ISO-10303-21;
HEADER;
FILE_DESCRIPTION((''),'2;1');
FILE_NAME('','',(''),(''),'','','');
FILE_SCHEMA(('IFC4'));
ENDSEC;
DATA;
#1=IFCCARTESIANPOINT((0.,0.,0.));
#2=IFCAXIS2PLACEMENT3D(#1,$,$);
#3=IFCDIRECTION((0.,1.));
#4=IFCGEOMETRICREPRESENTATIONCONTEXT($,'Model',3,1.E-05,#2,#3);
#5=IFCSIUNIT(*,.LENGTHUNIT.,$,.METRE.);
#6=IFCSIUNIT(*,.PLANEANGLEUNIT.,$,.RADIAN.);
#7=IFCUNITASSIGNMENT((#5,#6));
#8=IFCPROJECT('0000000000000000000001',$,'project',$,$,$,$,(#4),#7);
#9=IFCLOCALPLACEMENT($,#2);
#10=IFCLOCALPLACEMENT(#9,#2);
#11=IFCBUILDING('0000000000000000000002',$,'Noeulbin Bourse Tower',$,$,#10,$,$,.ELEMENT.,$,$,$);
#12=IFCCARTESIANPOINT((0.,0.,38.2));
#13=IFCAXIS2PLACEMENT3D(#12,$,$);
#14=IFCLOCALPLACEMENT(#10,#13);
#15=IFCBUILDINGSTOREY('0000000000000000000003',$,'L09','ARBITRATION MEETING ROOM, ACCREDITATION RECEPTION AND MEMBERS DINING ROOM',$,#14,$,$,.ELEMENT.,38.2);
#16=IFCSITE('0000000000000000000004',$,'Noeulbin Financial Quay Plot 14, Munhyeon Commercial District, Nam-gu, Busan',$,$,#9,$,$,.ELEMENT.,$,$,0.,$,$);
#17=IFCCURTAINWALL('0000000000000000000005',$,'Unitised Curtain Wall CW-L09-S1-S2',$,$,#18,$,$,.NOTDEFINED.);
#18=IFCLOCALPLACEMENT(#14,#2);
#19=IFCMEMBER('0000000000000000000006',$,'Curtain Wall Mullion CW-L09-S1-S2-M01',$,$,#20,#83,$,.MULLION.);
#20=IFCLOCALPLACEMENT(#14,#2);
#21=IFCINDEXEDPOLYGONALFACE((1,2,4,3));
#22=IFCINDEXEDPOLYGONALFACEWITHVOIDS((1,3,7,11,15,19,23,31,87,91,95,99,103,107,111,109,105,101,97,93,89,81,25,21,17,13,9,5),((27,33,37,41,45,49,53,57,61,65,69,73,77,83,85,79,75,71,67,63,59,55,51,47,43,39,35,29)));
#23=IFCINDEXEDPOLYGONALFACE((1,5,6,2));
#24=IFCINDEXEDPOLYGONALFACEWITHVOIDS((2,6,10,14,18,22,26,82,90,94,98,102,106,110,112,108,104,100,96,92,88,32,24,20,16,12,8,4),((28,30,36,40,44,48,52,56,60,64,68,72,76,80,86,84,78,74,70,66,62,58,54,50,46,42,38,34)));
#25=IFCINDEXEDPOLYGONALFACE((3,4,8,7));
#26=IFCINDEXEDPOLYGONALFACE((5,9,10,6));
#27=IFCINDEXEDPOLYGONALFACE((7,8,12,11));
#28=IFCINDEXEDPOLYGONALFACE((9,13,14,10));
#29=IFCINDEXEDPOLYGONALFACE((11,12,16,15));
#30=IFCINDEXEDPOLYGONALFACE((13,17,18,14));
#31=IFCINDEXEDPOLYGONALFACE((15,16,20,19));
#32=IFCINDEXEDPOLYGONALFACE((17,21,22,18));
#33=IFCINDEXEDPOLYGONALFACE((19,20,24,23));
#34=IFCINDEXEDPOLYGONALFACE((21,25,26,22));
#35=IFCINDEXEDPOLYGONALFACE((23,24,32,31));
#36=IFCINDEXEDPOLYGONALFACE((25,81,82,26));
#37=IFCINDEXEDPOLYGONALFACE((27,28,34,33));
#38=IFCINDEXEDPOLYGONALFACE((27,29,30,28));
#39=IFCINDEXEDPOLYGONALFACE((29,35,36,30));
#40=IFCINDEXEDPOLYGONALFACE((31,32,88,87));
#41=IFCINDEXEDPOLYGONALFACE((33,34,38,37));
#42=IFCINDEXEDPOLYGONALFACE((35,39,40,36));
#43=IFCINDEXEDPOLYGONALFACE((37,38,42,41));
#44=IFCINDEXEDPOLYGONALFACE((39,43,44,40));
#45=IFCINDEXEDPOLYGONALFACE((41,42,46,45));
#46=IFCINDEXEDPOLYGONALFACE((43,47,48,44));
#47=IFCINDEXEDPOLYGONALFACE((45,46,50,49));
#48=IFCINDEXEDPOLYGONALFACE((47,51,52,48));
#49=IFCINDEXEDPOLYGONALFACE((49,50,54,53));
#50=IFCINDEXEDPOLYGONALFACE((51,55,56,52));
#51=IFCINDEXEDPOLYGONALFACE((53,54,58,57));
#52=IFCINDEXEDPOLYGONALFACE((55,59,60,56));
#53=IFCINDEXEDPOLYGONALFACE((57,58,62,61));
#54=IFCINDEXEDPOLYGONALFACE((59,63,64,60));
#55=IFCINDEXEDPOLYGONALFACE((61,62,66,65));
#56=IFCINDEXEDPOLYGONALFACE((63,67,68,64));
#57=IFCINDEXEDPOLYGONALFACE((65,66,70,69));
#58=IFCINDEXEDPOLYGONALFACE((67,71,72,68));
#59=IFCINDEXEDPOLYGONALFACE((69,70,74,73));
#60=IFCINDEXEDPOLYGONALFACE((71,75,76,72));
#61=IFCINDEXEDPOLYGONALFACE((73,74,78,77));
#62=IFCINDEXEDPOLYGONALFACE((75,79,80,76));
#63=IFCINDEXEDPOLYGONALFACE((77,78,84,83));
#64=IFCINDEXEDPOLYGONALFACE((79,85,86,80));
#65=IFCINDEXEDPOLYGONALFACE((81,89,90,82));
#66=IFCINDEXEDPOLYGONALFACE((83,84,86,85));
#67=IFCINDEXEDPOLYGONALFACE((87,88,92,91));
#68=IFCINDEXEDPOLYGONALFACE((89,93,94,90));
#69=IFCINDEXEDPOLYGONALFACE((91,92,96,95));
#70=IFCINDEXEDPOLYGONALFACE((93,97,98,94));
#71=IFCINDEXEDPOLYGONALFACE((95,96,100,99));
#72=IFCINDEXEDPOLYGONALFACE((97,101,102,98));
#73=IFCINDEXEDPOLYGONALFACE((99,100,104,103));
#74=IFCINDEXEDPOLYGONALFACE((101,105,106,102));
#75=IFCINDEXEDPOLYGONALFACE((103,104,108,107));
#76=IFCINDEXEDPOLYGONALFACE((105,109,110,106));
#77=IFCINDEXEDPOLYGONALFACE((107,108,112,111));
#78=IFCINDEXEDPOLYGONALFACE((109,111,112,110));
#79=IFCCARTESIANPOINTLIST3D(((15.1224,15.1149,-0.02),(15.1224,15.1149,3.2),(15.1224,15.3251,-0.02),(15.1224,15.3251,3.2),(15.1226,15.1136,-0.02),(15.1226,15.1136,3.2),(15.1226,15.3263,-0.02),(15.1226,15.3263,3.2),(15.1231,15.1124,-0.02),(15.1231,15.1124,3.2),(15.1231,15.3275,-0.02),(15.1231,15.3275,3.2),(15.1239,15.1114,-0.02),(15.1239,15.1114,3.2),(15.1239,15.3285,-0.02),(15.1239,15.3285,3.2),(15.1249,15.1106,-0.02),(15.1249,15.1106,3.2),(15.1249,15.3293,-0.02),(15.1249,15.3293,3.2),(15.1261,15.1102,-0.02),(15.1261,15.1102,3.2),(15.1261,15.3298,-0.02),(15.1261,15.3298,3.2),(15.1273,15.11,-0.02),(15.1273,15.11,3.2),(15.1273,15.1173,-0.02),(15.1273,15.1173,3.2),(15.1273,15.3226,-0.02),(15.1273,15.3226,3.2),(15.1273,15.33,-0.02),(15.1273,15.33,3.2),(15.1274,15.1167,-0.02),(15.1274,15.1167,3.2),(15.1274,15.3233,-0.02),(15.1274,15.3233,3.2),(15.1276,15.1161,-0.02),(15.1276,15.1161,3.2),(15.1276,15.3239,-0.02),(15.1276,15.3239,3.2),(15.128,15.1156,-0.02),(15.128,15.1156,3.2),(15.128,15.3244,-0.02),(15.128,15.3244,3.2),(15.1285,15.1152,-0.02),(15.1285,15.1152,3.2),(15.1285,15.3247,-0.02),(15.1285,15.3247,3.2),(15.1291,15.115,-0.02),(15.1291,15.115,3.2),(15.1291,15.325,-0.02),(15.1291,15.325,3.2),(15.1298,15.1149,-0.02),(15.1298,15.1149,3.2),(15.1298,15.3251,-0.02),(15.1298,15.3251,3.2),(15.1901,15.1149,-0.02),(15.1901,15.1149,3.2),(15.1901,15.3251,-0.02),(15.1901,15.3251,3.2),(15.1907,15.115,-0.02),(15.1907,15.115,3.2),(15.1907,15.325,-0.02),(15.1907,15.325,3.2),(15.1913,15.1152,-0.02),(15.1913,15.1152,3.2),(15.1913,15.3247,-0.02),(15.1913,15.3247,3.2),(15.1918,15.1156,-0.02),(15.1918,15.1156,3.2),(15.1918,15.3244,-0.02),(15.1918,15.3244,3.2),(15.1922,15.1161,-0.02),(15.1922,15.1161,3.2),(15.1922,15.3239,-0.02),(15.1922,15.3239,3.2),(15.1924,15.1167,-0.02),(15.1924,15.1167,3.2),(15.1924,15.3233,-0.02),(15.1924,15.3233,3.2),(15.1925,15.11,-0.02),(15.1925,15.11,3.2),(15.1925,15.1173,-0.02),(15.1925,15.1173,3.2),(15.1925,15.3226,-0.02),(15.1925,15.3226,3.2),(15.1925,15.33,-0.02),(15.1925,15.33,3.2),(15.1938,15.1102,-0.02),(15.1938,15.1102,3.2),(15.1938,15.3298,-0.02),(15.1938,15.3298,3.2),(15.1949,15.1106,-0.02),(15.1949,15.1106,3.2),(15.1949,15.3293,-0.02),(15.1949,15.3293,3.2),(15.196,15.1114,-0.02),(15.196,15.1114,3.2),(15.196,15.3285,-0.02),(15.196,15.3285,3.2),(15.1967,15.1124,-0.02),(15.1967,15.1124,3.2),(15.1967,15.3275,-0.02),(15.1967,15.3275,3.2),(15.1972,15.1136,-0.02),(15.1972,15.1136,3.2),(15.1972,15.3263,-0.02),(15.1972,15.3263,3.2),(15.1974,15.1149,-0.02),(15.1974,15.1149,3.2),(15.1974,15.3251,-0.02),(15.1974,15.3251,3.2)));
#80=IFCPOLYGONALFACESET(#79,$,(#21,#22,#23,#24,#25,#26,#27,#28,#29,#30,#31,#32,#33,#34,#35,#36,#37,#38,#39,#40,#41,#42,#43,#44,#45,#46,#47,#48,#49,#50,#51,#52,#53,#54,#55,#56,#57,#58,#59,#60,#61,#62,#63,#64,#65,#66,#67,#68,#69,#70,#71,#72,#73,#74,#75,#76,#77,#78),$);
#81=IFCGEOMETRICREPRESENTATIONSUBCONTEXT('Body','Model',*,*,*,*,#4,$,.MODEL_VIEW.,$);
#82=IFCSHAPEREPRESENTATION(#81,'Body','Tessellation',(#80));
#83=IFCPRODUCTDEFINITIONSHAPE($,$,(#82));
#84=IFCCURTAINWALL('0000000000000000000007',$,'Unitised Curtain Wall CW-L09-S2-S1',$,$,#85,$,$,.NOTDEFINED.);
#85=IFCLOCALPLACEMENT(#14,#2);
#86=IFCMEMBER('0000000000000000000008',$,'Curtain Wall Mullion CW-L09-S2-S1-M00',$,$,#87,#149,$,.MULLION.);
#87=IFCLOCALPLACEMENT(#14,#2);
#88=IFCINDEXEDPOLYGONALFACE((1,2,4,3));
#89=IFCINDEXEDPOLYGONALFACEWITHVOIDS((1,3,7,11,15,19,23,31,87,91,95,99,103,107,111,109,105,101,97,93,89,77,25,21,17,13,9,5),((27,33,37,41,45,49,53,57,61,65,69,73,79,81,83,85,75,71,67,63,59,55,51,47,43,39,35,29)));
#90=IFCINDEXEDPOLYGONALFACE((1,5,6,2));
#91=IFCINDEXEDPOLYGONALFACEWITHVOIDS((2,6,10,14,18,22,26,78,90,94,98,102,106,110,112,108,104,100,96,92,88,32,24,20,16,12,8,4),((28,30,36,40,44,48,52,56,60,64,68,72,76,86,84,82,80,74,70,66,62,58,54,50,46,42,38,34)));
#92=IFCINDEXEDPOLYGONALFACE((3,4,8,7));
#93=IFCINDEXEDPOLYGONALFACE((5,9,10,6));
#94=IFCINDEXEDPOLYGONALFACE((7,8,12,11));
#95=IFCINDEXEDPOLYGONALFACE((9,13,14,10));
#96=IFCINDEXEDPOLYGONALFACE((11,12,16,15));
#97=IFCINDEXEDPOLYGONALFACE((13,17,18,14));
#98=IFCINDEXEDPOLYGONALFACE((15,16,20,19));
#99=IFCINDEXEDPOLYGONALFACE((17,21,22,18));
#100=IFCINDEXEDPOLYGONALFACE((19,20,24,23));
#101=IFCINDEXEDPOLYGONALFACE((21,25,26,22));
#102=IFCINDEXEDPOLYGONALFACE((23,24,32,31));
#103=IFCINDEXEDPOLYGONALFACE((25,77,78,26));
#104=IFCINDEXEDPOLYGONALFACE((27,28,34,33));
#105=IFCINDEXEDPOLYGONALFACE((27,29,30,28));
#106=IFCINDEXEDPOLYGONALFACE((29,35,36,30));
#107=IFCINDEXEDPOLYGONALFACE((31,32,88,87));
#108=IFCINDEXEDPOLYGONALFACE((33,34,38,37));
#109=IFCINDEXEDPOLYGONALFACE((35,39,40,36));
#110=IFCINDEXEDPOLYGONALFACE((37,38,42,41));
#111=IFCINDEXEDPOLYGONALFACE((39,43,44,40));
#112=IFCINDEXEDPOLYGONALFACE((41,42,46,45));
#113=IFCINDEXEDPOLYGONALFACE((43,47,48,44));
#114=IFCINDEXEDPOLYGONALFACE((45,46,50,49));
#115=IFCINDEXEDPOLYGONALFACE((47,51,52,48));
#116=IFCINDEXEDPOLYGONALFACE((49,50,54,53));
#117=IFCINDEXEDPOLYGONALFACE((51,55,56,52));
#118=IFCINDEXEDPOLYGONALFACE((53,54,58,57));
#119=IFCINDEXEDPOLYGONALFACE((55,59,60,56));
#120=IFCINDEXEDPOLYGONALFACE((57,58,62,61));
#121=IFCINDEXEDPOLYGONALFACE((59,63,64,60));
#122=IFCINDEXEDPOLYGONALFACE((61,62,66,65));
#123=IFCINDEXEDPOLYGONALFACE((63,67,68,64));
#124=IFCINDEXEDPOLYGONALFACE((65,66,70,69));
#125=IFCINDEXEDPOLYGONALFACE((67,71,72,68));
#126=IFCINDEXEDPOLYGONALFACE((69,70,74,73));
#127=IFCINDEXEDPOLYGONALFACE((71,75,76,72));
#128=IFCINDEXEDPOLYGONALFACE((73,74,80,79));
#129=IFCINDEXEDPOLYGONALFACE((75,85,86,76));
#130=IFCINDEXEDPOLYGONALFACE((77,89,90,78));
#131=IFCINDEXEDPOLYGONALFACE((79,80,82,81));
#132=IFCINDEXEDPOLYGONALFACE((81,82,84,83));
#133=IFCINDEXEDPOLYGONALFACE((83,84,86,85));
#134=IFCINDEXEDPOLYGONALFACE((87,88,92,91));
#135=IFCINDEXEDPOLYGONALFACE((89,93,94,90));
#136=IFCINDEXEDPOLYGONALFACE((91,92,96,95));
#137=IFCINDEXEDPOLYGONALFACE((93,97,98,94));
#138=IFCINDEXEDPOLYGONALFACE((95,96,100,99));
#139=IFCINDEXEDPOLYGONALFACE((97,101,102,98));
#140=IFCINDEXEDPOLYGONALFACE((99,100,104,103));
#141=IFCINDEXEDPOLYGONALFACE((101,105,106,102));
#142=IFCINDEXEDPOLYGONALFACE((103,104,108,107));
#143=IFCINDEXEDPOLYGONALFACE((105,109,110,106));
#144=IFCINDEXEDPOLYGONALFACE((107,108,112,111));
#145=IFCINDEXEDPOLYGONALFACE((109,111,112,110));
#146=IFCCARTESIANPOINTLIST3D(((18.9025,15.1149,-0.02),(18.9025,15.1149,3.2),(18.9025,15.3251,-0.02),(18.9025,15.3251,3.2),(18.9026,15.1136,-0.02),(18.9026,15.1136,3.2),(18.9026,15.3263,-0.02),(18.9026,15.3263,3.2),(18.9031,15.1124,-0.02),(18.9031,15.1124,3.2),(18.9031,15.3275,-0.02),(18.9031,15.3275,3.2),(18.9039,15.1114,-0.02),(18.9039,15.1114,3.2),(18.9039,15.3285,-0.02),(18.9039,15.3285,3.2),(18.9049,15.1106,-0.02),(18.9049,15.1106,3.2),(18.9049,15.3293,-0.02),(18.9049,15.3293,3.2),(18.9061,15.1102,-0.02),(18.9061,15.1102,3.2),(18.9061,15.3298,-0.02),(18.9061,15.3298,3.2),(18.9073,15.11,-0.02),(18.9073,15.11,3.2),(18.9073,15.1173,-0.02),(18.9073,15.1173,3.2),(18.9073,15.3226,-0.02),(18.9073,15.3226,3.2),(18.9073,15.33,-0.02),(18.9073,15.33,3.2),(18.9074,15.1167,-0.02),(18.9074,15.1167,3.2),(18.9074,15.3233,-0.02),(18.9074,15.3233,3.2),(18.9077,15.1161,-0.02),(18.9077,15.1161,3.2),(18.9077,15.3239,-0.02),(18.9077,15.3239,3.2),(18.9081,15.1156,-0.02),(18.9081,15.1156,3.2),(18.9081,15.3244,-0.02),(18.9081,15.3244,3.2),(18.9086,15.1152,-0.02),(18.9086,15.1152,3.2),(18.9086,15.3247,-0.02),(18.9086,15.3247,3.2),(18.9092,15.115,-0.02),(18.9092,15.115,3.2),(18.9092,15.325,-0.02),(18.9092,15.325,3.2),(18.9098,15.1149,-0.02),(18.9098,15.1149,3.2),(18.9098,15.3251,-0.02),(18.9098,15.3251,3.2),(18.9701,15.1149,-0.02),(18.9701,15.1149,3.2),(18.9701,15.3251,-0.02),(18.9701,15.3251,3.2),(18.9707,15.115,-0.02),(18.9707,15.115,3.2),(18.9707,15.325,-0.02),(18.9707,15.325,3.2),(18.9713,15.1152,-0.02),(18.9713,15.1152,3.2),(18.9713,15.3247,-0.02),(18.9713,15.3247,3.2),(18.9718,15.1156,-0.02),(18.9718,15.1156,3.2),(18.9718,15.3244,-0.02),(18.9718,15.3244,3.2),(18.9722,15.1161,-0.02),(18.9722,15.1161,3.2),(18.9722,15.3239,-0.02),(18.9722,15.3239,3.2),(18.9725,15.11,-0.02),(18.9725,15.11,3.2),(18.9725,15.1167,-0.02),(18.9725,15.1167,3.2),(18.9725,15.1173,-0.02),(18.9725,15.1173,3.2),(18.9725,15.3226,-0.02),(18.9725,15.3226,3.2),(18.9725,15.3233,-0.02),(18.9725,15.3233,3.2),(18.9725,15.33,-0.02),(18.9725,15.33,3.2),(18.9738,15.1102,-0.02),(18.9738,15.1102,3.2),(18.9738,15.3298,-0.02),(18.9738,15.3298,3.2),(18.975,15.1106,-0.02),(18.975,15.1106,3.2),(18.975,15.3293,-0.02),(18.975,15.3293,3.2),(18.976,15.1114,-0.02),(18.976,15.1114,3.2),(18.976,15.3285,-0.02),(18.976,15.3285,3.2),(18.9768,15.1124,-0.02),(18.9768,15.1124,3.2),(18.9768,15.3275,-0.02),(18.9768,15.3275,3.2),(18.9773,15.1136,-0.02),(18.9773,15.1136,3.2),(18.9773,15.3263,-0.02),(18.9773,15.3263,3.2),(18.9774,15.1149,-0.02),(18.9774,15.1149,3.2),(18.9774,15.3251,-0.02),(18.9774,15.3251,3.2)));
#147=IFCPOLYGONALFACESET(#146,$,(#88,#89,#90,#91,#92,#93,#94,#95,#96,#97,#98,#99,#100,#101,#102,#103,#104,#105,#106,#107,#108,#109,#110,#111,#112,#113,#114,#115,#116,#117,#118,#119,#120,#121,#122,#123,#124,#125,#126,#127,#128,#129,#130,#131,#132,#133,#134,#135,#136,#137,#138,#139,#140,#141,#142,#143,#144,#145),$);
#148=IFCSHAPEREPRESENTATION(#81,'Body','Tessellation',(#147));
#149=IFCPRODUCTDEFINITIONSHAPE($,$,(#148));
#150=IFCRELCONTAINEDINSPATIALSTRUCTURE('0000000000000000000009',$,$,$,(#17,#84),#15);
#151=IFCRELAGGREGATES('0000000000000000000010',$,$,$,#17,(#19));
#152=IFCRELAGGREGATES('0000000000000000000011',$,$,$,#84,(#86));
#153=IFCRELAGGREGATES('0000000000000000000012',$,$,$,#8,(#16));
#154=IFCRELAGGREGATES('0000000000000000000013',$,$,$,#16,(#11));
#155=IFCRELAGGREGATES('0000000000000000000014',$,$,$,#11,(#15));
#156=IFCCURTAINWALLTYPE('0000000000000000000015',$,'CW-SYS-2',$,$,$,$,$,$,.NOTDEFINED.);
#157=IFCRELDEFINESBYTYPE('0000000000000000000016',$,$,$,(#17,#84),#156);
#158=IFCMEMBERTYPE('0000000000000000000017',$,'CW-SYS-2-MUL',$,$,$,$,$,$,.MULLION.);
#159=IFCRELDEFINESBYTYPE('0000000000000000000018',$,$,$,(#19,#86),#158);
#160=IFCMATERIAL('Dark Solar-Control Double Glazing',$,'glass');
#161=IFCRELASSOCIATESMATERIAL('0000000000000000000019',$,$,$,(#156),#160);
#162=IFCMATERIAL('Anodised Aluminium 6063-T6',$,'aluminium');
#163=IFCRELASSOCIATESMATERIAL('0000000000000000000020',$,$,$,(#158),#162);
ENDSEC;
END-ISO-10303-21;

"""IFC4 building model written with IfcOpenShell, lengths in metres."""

from ifc_helpers import new_model, si_unit, direction, frame, origin, origin_2d, place, context, subcontext, project, spatial, hollow_rectangle, extrude, material, material_profile, profile_set, type_object, element, aggregate, save


model = new_model("IFC4")

# Units and contexts
model_context = context("Model", 3, precision=1e-05, world=origin(), true_north=direction((0.0, 1.0)))
body_context = subcontext(model_context, "Body", "Model", "MODEL_VIEW")
ifc_project = project(units=[si_unit("LENGTHUNIT", "METRE"), si_unit("PLANEANGLEUNIT", "RADIAN")], contexts=[model_context])

# Site, building, storey
site_placement = place(None, origin())
site = spatial("IfcSite", under=ifc_project, at=site_placement, Name="Noeulbin Financial Quay Plot 14, Munhyeon Commercial District, Nam-gu, Busan", CompositionType="ELEMENT", RefElevation=0.0)
building_placement = place(site_placement, origin())
building = spatial("IfcBuilding", under=site, at=building_placement, Name="Noeulbin Bourse Tower", CompositionType="ELEMENT")
storey_placement = place(building_placement, frame((0.0, 0.0, 38.2)))
storey = spatial("IfcBuildingStorey", under=building, at=storey_placement, Name="L09", Description="ARBITRATION MEETING ROOM, ACCREDITATION RECEPTION AND MEMBERS DINING ROOM", CompositionType="ELEMENT", Elevation=38.2)

# Curtain wall, member
ifc_material_1 = material(Name="Dark Solar-Control Double Glazing", Category="glass")
curtain_wall_type = type_object("IfcCurtainWallType", Name="CW-SYS-2", PredefinedType="NOTDEFINED", material=ifc_material_1)
curtain_wall_1_placement = place(storey_placement, origin())
curtain_wall_1 = element("IfcCurtainWall", 1, at=curtain_wall_1_placement, inside=storey, type_object=curtain_wall_type, Name="Unitised Curtain Wall CW-L09-S1-S2", PredefinedType="NOTDEFINED")
ifc_material_2 = material(Name="Anodised Aluminium 6063-T6", Category="aluminium")
ifc_material_profile_1 = material_profile(ifc_material_2, hollow_rectangle(XDim=0.075, YDim=0.22, WallThickness=0.0049, InnerFilletRadius=0.0024, OuterFilletRadius=0.0049, at=origin_2d()), Name="ALU-MULL-75x220x5", Category="LoadBearing")
ifc_profile_set_1 = profile_set([ifc_material_profile_1], Name="Anodised Aluminium 6063-T6")
member_type_1 = type_object("IfcMemberType", Name="CW-SYS-2-MUL", PredefinedType="MULLION", material=ifc_profile_set_1)
member_1_placement = place(storey_placement, frame((15.1599, 15.22, -0.02), z_axis=(0.0, 0.0, 1.0), x_axis=(1.0, 0.0, 0.0)))
member_1 = element("IfcMember", 2, at=member_1_placement, type_object=member_type_1, Name="Curtain Wall Mullion CW-L09-S1-S2-M01", PredefinedType="MULLION", context=body_context, shape_type="SweptSolid", body=[
    extrude(hollow_rectangle(XDim=0.075, YDim=0.22, WallThickness=0.0049, InnerFilletRadius=0.0024, OuterFilletRadius=0.0049, at=origin_2d()), origin(), (0.0, 0.0, 1.0), 3.22),
])
aggregate(curtain_wall_1, [member_1])

# Curtain wall, member
curtain_wall_2_placement = place(storey_placement, origin())
curtain_wall_2 = element("IfcCurtainWall", 3, at=curtain_wall_2_placement, inside=storey, type_object=curtain_wall_type, Name="Unitised Curtain Wall CW-L09-S2-S1", PredefinedType="NOTDEFINED")
member_2_placement = place(storey_placement, frame((18.9399, 15.22, -0.02), z_axis=(0.0, 0.0, 1.0), x_axis=(1.0, 0.0, 0.0)))
member_2 = element("IfcMember", 4, at=member_2_placement, type_object=member_type_1, Name="Curtain Wall Mullion CW-L09-S2-S1-M00", PredefinedType="MULLION", context=body_context, shape_type="SweptSolid", body=[
    extrude(hollow_rectangle(XDim=0.075, YDim=0.22, WallThickness=0.0049, InnerFilletRadius=0.0024, OuterFilletRadius=0.0049, at=origin_2d()), origin(), (0.0, 0.0, 1.0), 3.22),
])
aggregate(curtain_wall_2, [member_2])

save(model, "model.ifc")
